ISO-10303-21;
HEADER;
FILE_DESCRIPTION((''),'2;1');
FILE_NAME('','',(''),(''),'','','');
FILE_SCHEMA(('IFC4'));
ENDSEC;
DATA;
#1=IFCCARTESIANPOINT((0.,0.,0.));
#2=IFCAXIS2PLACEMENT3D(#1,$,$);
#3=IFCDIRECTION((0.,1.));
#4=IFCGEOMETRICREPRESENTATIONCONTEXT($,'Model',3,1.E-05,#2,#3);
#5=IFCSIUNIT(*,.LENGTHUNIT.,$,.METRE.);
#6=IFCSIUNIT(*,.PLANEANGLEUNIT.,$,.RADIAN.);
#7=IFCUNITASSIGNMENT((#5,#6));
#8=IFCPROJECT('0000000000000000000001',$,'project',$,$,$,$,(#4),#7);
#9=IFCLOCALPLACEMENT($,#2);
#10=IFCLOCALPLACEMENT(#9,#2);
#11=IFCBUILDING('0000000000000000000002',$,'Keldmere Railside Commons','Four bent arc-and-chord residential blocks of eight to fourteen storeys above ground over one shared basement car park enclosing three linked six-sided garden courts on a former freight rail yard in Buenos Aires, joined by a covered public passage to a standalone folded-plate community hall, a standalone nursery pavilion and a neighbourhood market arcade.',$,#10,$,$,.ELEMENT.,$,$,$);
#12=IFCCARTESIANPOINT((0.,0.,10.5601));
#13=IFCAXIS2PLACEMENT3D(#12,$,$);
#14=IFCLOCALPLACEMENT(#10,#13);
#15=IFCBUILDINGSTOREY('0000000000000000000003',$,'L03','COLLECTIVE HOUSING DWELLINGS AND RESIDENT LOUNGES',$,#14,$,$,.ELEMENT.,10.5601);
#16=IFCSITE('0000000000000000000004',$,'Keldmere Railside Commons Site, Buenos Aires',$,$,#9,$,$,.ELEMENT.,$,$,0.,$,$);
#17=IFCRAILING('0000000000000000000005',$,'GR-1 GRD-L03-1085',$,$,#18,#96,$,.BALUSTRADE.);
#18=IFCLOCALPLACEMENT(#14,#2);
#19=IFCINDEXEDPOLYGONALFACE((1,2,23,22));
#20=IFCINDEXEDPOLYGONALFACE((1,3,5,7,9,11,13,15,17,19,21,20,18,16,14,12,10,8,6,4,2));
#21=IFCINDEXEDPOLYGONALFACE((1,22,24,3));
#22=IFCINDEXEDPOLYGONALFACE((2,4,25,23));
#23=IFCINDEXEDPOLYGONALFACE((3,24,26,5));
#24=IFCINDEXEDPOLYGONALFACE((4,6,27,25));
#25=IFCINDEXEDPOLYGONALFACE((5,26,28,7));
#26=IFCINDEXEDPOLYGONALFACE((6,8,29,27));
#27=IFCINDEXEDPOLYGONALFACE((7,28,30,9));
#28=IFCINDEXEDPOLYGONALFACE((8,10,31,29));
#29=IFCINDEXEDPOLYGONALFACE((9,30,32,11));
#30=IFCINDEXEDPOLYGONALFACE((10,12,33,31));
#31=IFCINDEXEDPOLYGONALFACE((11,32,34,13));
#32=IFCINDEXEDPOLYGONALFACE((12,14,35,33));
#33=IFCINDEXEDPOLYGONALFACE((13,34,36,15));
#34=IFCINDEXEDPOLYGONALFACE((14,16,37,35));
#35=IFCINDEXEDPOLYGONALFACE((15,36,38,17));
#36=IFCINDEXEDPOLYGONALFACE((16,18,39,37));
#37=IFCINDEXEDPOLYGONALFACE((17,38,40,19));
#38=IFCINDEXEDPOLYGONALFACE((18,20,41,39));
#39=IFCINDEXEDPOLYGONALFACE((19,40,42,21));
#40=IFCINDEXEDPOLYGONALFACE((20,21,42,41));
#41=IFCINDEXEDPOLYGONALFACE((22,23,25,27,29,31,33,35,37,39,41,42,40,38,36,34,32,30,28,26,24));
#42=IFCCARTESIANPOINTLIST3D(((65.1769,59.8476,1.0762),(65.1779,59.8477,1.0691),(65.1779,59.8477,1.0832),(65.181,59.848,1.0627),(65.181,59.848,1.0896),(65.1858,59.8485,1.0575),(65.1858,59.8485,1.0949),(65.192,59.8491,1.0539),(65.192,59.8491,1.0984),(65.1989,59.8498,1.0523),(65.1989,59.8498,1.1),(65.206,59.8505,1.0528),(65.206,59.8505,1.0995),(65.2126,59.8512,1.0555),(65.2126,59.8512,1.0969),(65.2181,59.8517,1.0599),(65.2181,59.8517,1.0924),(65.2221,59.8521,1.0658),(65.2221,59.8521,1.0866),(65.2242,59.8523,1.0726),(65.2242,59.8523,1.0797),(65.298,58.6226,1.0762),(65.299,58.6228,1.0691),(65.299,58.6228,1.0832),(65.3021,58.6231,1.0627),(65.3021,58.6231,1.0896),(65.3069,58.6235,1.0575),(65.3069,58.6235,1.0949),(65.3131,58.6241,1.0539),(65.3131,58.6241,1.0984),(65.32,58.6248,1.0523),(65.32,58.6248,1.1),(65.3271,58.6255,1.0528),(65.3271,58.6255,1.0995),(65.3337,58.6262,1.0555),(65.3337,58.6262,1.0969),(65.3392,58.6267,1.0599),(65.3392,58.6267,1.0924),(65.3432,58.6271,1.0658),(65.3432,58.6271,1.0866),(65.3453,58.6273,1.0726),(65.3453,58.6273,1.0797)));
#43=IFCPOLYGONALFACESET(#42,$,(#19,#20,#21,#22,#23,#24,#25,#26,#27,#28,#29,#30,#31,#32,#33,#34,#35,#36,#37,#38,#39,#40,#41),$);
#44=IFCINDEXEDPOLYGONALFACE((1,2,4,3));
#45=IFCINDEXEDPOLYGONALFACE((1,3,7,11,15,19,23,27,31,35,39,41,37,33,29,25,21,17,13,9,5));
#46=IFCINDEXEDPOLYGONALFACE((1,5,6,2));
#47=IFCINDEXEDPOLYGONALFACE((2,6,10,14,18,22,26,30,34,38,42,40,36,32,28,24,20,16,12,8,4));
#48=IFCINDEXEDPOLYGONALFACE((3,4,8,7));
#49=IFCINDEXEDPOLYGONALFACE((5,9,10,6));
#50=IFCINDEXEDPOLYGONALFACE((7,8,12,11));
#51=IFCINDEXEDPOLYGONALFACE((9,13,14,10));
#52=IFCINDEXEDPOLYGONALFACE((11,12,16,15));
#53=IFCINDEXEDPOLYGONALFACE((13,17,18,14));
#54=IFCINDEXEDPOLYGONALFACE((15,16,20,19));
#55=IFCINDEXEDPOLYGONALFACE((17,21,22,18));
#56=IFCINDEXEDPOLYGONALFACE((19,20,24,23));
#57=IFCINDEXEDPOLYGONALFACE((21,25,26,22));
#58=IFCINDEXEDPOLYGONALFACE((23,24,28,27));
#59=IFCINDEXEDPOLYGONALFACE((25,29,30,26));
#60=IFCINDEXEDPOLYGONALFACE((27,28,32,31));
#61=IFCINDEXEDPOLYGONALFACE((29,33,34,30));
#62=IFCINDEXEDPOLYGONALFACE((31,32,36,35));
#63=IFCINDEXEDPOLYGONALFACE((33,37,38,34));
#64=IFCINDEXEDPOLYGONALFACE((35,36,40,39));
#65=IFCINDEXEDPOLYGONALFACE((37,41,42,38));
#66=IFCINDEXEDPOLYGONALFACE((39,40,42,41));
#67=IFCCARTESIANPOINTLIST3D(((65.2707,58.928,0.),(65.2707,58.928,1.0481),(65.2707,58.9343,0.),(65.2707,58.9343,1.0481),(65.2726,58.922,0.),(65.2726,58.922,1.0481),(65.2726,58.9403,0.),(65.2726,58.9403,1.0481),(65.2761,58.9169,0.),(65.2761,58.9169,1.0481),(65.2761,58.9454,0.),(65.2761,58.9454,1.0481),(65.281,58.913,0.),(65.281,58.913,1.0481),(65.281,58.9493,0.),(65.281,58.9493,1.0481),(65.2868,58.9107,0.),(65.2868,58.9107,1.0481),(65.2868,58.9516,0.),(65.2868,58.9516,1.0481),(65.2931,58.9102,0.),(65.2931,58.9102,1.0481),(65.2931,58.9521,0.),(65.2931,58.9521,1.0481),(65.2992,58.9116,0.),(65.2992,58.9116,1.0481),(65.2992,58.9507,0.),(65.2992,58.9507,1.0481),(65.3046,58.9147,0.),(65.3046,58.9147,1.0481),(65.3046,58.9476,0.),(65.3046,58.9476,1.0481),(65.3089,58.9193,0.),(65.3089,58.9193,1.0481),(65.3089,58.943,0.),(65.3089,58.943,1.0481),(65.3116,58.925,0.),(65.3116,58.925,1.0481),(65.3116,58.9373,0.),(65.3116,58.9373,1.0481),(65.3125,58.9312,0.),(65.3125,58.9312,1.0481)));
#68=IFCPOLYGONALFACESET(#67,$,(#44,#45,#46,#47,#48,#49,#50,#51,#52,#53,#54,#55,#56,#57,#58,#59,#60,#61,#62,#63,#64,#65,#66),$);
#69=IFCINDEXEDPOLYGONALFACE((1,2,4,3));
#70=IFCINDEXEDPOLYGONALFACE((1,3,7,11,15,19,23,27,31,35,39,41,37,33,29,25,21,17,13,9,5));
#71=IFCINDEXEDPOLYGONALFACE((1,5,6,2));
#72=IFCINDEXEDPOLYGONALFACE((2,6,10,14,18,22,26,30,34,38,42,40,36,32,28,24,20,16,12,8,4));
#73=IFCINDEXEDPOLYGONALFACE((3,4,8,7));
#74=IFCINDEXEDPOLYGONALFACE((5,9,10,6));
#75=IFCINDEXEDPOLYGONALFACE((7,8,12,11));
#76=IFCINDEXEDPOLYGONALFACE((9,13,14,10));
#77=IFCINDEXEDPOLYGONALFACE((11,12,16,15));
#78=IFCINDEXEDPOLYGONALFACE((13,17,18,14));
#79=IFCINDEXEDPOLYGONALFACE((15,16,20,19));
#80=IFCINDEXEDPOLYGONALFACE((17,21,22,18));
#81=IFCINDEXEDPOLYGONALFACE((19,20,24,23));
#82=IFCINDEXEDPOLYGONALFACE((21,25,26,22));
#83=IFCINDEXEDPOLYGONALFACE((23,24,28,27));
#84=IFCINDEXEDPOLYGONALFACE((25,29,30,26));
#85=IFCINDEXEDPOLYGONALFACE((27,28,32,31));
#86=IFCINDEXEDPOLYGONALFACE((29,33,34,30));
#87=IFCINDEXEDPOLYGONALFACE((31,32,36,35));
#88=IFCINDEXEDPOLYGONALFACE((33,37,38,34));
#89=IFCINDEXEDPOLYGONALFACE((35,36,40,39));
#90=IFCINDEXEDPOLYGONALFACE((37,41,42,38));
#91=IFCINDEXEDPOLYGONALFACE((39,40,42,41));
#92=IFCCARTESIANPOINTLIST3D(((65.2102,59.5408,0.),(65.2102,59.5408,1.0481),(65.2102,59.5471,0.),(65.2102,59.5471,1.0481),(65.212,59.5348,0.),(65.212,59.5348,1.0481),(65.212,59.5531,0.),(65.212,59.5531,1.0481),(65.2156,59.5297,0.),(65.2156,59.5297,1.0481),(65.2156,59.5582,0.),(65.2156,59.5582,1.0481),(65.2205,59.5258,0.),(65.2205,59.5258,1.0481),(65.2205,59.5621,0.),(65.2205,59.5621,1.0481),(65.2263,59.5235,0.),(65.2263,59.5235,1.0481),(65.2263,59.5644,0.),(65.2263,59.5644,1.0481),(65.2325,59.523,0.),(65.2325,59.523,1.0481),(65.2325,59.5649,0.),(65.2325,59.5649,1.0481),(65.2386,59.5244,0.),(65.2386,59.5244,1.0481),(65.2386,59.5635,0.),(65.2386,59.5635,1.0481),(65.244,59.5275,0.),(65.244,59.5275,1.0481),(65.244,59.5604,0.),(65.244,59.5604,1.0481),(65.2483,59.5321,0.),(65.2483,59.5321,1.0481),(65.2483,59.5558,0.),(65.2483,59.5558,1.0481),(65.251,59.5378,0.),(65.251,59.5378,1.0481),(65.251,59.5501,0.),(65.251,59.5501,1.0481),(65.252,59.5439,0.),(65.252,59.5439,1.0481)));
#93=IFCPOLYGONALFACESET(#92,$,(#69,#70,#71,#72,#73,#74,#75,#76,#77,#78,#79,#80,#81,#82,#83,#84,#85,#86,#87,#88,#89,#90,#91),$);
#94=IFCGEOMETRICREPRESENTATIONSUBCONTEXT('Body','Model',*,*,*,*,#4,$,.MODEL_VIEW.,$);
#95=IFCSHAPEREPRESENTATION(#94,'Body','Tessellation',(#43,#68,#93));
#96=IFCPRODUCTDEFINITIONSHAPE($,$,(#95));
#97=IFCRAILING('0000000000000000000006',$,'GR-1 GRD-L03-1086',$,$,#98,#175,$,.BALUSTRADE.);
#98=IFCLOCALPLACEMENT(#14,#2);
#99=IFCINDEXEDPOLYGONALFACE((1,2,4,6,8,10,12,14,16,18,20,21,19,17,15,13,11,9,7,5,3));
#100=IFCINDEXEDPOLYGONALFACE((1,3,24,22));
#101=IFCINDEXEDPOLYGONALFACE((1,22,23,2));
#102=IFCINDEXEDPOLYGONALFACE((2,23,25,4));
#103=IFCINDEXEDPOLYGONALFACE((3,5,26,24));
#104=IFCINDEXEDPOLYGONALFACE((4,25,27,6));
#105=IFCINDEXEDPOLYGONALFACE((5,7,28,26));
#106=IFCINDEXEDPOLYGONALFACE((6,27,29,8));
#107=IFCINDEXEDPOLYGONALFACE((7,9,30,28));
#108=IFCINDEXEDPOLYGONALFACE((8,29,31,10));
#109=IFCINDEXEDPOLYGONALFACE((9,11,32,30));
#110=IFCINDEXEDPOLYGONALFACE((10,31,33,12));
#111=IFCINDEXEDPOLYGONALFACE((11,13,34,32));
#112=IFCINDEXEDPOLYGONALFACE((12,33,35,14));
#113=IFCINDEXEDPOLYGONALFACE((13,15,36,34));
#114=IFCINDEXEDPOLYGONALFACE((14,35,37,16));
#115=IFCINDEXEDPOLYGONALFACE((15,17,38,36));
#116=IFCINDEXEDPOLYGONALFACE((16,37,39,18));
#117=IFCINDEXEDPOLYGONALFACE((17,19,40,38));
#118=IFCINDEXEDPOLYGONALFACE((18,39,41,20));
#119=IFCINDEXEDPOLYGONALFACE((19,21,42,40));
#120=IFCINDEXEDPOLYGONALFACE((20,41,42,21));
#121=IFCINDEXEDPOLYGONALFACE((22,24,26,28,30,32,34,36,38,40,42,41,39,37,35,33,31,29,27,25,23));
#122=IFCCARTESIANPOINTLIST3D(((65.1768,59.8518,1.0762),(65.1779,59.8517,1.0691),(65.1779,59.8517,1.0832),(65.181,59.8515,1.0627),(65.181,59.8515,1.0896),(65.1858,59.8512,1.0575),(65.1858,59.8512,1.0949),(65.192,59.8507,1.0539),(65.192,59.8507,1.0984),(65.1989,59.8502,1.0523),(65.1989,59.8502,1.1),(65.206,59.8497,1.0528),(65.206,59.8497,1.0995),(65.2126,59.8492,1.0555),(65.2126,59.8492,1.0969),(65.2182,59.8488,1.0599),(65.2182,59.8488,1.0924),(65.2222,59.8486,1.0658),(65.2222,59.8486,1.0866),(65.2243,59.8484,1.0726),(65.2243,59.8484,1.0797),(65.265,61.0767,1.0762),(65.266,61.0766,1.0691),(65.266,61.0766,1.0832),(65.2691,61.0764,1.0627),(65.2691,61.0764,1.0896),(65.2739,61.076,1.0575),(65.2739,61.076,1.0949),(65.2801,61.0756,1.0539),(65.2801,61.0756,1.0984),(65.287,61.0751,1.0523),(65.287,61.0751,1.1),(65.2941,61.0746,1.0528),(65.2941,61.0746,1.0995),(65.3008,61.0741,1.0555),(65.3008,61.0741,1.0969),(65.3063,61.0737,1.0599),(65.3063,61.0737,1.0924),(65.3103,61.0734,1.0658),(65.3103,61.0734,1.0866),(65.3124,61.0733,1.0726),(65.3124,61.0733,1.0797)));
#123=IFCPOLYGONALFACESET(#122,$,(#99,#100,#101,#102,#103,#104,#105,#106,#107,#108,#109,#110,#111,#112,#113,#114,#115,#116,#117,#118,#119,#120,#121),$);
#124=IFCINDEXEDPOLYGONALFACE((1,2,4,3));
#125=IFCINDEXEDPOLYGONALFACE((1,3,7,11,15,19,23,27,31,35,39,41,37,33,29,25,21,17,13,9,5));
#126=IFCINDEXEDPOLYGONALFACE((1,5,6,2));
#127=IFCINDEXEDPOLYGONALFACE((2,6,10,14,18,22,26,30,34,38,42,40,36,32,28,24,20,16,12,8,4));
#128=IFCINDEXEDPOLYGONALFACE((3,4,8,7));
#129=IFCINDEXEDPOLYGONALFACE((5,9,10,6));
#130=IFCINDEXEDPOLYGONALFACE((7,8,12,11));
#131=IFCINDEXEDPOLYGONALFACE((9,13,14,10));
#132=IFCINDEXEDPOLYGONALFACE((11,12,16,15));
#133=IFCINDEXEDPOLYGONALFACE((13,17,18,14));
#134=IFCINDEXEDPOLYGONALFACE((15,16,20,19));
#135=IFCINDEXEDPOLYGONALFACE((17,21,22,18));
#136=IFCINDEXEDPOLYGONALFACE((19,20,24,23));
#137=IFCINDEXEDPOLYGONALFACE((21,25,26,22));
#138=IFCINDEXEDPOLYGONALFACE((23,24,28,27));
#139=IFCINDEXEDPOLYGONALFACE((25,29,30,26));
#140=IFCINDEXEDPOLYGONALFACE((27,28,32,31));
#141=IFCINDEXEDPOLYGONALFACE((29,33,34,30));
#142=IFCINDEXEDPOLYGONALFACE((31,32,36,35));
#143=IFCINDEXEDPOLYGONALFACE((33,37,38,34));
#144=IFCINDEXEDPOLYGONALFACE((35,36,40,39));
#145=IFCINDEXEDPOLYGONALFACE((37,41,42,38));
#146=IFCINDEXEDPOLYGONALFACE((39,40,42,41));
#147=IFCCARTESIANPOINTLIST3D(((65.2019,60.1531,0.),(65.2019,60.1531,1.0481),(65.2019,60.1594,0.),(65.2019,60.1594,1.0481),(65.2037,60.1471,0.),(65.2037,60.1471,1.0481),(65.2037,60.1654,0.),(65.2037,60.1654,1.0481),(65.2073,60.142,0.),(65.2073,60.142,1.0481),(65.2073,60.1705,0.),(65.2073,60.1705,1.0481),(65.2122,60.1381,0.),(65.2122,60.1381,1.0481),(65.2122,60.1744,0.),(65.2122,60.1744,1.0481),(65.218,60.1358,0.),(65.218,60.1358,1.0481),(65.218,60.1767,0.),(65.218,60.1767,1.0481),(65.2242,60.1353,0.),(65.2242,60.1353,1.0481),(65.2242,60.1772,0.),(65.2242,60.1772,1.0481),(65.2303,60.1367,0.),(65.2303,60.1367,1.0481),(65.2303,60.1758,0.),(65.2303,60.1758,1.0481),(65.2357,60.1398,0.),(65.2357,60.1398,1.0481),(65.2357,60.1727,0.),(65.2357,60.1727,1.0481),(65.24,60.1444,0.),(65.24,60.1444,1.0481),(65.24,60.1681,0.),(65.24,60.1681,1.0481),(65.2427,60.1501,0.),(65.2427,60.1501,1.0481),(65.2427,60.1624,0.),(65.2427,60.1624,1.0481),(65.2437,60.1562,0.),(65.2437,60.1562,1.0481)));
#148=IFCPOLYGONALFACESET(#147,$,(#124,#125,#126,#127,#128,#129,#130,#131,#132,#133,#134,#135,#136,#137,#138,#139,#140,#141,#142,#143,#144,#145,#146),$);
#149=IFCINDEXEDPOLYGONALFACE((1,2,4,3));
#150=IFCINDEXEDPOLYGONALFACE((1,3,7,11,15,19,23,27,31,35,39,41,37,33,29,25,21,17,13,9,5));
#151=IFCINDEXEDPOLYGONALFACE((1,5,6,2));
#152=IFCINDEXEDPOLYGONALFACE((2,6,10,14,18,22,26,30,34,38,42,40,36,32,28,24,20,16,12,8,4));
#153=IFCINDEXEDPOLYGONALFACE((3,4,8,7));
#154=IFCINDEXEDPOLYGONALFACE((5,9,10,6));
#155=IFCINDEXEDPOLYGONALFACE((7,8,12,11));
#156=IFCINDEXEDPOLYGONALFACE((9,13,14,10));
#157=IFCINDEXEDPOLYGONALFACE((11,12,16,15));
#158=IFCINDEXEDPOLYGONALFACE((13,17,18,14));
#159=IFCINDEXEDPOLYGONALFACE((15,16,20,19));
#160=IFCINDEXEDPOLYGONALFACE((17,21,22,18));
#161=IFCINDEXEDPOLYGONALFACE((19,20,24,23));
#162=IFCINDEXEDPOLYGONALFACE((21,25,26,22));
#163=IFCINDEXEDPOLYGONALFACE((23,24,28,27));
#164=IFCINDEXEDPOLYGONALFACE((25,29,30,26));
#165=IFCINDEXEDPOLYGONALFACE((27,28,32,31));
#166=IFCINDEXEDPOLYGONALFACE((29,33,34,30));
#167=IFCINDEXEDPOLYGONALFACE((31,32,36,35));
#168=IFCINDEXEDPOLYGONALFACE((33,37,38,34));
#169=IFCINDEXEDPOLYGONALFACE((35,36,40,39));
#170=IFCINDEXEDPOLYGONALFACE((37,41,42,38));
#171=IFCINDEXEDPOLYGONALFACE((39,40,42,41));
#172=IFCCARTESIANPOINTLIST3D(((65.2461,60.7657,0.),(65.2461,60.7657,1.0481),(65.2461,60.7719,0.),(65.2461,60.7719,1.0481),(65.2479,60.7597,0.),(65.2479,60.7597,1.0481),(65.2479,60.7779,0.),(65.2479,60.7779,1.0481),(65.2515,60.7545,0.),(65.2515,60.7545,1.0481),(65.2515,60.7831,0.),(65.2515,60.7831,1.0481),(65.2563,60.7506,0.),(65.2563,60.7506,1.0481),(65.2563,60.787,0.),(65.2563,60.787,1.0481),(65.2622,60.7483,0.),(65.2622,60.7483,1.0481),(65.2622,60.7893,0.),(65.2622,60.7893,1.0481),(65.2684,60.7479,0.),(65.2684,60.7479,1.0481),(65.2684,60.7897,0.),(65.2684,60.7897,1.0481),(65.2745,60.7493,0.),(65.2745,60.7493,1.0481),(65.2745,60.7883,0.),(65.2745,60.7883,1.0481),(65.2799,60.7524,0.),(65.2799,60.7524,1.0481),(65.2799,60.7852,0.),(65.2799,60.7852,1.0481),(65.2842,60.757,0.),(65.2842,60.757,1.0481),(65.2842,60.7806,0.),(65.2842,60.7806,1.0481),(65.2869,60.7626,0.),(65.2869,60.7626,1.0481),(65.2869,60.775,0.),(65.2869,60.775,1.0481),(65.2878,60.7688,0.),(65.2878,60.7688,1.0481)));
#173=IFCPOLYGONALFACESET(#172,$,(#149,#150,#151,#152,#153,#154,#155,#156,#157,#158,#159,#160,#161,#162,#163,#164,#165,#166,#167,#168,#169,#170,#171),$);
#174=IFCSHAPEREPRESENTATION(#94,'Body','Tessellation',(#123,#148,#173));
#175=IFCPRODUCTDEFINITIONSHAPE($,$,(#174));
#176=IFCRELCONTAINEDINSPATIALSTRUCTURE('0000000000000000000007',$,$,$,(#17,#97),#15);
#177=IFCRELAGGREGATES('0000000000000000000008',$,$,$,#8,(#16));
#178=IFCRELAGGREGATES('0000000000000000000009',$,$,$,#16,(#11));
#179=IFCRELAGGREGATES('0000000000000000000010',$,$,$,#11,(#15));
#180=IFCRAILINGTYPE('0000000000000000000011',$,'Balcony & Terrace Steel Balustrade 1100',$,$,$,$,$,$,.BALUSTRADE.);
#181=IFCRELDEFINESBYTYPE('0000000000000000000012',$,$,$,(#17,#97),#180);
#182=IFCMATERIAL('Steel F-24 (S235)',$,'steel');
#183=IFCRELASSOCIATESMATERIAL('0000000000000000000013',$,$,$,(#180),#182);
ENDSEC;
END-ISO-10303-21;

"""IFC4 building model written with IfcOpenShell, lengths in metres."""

from ifc_helpers import new_model, si_unit, direction, frame, origin, origin_2d, place, context, subcontext, project, spatial, circle, extrude, material, type_object, element, save


model = new_model("IFC4")

# Units and contexts
model_context = context("Model", 3, precision=1e-05, world=origin(), true_north=direction((0.0, 1.0)))
body_context = subcontext(model_context, "Body", "Model", "MODEL_VIEW")
ifc_project = project(units=[si_unit("LENGTHUNIT", "METRE"), si_unit("PLANEANGLEUNIT", "RADIAN")], contexts=[model_context])

# Site, building, storey
site_placement = place(None, origin())
site = spatial("IfcSite", under=ifc_project, at=site_placement, Name="Keldmere Railside Commons Site, Buenos Aires", CompositionType="ELEMENT", RefElevation=0.0)
building_placement = place(site_placement, origin())
building = spatial("IfcBuilding", under=site, at=building_placement, Name="Keldmere Railside Commons", Description="Four bent arc-and-chord residential blocks of eight to fourteen storeys above ground over one shared basement car park enclosing three linked six-sided garden courts on a former freight rail yard in Buenos Aires, joined by a covered public passage to a standalone folded-plate community hall, a standalone nursery pavilion and a neighbourhood market arcade.", CompositionType="ELEMENT")
storey_placement = place(building_placement, frame((0.0, 0.0, 10.5601)))
storey = spatial("IfcBuildingStorey", under=building, at=storey_placement, Name="L03", Description="COLLECTIVE HOUSING DWELLINGS AND RESIDENT LOUNGES", CompositionType="ELEMENT", Elevation=10.5601)

# Railings
ifc_material_1 = material(Name="Steel F-24 (S235)", Category="steel")
railing_type = type_object("IfcRailingType", Name="Balcony & Terrace Steel Balustrade 1100", PredefinedType="BALUSTRADE", material=ifc_material_1)
railing_1_placement = place(storey_placement, frame((65.3218, 58.625, 0.0)))
element("IfcRailing", 1, at=railing_1_placement, inside=storey, type_object=railing_type, Name="GR-1 GRD-L03-1085", PredefinedType="BALUSTRADE", context=body_context, shape_type="SweptSolid", body=[
    extrude(circle(Radius=0.0239, at=origin_2d()), frame((0.0, 0.0, 1.0762), z_axis=(-0.098365, 0.99515, 0.0), x_axis=(-0.99515, -0.098365, 0.0)), (0.0, 0.0, 1.0), 1.231),
    extrude(circle(Radius=0.021, at=origin_2d()), frame((-0.0303, 0.3062, 0.0)), (0.0, 0.0, 1.0), 1.0481),
    extrude(circle(Radius=0.021, at=origin_2d()), frame((-0.0908, 0.9189, 0.0)), (0.0, 0.0, 1.0), 1.0481),
])
railing_2_placement = place(storey_placement, frame((65.2007, 59.8501, 0.0)))
element("IfcRailing", 2, at=railing_2_placement, inside=storey, type_object=railing_type, Name="GR-1 GRD-L03-1086", PredefinedType="BALUSTRADE", context=body_context, shape_type="SweptSolid", body=[
    extrude(circle(Radius=0.0239, at=origin_2d()), frame((0.0, 0.0, 1.0762), z_axis=(0.07177, 0.997421, 0.0), x_axis=(-0.997421, 0.07177, 0.0)), (0.0, 0.0, 1.0), 1.228),
    extrude(circle(Radius=0.021, at=origin_2d()), frame((0.022, 0.3062, 0.0)), (0.0, 0.0, 1.0), 1.0481),
    extrude(circle(Radius=0.021, at=origin_2d()), frame((0.0662, 0.9187, 0.0)), (0.0, 0.0, 1.0), 1.0481),
])

save(model, "model.ifc")
